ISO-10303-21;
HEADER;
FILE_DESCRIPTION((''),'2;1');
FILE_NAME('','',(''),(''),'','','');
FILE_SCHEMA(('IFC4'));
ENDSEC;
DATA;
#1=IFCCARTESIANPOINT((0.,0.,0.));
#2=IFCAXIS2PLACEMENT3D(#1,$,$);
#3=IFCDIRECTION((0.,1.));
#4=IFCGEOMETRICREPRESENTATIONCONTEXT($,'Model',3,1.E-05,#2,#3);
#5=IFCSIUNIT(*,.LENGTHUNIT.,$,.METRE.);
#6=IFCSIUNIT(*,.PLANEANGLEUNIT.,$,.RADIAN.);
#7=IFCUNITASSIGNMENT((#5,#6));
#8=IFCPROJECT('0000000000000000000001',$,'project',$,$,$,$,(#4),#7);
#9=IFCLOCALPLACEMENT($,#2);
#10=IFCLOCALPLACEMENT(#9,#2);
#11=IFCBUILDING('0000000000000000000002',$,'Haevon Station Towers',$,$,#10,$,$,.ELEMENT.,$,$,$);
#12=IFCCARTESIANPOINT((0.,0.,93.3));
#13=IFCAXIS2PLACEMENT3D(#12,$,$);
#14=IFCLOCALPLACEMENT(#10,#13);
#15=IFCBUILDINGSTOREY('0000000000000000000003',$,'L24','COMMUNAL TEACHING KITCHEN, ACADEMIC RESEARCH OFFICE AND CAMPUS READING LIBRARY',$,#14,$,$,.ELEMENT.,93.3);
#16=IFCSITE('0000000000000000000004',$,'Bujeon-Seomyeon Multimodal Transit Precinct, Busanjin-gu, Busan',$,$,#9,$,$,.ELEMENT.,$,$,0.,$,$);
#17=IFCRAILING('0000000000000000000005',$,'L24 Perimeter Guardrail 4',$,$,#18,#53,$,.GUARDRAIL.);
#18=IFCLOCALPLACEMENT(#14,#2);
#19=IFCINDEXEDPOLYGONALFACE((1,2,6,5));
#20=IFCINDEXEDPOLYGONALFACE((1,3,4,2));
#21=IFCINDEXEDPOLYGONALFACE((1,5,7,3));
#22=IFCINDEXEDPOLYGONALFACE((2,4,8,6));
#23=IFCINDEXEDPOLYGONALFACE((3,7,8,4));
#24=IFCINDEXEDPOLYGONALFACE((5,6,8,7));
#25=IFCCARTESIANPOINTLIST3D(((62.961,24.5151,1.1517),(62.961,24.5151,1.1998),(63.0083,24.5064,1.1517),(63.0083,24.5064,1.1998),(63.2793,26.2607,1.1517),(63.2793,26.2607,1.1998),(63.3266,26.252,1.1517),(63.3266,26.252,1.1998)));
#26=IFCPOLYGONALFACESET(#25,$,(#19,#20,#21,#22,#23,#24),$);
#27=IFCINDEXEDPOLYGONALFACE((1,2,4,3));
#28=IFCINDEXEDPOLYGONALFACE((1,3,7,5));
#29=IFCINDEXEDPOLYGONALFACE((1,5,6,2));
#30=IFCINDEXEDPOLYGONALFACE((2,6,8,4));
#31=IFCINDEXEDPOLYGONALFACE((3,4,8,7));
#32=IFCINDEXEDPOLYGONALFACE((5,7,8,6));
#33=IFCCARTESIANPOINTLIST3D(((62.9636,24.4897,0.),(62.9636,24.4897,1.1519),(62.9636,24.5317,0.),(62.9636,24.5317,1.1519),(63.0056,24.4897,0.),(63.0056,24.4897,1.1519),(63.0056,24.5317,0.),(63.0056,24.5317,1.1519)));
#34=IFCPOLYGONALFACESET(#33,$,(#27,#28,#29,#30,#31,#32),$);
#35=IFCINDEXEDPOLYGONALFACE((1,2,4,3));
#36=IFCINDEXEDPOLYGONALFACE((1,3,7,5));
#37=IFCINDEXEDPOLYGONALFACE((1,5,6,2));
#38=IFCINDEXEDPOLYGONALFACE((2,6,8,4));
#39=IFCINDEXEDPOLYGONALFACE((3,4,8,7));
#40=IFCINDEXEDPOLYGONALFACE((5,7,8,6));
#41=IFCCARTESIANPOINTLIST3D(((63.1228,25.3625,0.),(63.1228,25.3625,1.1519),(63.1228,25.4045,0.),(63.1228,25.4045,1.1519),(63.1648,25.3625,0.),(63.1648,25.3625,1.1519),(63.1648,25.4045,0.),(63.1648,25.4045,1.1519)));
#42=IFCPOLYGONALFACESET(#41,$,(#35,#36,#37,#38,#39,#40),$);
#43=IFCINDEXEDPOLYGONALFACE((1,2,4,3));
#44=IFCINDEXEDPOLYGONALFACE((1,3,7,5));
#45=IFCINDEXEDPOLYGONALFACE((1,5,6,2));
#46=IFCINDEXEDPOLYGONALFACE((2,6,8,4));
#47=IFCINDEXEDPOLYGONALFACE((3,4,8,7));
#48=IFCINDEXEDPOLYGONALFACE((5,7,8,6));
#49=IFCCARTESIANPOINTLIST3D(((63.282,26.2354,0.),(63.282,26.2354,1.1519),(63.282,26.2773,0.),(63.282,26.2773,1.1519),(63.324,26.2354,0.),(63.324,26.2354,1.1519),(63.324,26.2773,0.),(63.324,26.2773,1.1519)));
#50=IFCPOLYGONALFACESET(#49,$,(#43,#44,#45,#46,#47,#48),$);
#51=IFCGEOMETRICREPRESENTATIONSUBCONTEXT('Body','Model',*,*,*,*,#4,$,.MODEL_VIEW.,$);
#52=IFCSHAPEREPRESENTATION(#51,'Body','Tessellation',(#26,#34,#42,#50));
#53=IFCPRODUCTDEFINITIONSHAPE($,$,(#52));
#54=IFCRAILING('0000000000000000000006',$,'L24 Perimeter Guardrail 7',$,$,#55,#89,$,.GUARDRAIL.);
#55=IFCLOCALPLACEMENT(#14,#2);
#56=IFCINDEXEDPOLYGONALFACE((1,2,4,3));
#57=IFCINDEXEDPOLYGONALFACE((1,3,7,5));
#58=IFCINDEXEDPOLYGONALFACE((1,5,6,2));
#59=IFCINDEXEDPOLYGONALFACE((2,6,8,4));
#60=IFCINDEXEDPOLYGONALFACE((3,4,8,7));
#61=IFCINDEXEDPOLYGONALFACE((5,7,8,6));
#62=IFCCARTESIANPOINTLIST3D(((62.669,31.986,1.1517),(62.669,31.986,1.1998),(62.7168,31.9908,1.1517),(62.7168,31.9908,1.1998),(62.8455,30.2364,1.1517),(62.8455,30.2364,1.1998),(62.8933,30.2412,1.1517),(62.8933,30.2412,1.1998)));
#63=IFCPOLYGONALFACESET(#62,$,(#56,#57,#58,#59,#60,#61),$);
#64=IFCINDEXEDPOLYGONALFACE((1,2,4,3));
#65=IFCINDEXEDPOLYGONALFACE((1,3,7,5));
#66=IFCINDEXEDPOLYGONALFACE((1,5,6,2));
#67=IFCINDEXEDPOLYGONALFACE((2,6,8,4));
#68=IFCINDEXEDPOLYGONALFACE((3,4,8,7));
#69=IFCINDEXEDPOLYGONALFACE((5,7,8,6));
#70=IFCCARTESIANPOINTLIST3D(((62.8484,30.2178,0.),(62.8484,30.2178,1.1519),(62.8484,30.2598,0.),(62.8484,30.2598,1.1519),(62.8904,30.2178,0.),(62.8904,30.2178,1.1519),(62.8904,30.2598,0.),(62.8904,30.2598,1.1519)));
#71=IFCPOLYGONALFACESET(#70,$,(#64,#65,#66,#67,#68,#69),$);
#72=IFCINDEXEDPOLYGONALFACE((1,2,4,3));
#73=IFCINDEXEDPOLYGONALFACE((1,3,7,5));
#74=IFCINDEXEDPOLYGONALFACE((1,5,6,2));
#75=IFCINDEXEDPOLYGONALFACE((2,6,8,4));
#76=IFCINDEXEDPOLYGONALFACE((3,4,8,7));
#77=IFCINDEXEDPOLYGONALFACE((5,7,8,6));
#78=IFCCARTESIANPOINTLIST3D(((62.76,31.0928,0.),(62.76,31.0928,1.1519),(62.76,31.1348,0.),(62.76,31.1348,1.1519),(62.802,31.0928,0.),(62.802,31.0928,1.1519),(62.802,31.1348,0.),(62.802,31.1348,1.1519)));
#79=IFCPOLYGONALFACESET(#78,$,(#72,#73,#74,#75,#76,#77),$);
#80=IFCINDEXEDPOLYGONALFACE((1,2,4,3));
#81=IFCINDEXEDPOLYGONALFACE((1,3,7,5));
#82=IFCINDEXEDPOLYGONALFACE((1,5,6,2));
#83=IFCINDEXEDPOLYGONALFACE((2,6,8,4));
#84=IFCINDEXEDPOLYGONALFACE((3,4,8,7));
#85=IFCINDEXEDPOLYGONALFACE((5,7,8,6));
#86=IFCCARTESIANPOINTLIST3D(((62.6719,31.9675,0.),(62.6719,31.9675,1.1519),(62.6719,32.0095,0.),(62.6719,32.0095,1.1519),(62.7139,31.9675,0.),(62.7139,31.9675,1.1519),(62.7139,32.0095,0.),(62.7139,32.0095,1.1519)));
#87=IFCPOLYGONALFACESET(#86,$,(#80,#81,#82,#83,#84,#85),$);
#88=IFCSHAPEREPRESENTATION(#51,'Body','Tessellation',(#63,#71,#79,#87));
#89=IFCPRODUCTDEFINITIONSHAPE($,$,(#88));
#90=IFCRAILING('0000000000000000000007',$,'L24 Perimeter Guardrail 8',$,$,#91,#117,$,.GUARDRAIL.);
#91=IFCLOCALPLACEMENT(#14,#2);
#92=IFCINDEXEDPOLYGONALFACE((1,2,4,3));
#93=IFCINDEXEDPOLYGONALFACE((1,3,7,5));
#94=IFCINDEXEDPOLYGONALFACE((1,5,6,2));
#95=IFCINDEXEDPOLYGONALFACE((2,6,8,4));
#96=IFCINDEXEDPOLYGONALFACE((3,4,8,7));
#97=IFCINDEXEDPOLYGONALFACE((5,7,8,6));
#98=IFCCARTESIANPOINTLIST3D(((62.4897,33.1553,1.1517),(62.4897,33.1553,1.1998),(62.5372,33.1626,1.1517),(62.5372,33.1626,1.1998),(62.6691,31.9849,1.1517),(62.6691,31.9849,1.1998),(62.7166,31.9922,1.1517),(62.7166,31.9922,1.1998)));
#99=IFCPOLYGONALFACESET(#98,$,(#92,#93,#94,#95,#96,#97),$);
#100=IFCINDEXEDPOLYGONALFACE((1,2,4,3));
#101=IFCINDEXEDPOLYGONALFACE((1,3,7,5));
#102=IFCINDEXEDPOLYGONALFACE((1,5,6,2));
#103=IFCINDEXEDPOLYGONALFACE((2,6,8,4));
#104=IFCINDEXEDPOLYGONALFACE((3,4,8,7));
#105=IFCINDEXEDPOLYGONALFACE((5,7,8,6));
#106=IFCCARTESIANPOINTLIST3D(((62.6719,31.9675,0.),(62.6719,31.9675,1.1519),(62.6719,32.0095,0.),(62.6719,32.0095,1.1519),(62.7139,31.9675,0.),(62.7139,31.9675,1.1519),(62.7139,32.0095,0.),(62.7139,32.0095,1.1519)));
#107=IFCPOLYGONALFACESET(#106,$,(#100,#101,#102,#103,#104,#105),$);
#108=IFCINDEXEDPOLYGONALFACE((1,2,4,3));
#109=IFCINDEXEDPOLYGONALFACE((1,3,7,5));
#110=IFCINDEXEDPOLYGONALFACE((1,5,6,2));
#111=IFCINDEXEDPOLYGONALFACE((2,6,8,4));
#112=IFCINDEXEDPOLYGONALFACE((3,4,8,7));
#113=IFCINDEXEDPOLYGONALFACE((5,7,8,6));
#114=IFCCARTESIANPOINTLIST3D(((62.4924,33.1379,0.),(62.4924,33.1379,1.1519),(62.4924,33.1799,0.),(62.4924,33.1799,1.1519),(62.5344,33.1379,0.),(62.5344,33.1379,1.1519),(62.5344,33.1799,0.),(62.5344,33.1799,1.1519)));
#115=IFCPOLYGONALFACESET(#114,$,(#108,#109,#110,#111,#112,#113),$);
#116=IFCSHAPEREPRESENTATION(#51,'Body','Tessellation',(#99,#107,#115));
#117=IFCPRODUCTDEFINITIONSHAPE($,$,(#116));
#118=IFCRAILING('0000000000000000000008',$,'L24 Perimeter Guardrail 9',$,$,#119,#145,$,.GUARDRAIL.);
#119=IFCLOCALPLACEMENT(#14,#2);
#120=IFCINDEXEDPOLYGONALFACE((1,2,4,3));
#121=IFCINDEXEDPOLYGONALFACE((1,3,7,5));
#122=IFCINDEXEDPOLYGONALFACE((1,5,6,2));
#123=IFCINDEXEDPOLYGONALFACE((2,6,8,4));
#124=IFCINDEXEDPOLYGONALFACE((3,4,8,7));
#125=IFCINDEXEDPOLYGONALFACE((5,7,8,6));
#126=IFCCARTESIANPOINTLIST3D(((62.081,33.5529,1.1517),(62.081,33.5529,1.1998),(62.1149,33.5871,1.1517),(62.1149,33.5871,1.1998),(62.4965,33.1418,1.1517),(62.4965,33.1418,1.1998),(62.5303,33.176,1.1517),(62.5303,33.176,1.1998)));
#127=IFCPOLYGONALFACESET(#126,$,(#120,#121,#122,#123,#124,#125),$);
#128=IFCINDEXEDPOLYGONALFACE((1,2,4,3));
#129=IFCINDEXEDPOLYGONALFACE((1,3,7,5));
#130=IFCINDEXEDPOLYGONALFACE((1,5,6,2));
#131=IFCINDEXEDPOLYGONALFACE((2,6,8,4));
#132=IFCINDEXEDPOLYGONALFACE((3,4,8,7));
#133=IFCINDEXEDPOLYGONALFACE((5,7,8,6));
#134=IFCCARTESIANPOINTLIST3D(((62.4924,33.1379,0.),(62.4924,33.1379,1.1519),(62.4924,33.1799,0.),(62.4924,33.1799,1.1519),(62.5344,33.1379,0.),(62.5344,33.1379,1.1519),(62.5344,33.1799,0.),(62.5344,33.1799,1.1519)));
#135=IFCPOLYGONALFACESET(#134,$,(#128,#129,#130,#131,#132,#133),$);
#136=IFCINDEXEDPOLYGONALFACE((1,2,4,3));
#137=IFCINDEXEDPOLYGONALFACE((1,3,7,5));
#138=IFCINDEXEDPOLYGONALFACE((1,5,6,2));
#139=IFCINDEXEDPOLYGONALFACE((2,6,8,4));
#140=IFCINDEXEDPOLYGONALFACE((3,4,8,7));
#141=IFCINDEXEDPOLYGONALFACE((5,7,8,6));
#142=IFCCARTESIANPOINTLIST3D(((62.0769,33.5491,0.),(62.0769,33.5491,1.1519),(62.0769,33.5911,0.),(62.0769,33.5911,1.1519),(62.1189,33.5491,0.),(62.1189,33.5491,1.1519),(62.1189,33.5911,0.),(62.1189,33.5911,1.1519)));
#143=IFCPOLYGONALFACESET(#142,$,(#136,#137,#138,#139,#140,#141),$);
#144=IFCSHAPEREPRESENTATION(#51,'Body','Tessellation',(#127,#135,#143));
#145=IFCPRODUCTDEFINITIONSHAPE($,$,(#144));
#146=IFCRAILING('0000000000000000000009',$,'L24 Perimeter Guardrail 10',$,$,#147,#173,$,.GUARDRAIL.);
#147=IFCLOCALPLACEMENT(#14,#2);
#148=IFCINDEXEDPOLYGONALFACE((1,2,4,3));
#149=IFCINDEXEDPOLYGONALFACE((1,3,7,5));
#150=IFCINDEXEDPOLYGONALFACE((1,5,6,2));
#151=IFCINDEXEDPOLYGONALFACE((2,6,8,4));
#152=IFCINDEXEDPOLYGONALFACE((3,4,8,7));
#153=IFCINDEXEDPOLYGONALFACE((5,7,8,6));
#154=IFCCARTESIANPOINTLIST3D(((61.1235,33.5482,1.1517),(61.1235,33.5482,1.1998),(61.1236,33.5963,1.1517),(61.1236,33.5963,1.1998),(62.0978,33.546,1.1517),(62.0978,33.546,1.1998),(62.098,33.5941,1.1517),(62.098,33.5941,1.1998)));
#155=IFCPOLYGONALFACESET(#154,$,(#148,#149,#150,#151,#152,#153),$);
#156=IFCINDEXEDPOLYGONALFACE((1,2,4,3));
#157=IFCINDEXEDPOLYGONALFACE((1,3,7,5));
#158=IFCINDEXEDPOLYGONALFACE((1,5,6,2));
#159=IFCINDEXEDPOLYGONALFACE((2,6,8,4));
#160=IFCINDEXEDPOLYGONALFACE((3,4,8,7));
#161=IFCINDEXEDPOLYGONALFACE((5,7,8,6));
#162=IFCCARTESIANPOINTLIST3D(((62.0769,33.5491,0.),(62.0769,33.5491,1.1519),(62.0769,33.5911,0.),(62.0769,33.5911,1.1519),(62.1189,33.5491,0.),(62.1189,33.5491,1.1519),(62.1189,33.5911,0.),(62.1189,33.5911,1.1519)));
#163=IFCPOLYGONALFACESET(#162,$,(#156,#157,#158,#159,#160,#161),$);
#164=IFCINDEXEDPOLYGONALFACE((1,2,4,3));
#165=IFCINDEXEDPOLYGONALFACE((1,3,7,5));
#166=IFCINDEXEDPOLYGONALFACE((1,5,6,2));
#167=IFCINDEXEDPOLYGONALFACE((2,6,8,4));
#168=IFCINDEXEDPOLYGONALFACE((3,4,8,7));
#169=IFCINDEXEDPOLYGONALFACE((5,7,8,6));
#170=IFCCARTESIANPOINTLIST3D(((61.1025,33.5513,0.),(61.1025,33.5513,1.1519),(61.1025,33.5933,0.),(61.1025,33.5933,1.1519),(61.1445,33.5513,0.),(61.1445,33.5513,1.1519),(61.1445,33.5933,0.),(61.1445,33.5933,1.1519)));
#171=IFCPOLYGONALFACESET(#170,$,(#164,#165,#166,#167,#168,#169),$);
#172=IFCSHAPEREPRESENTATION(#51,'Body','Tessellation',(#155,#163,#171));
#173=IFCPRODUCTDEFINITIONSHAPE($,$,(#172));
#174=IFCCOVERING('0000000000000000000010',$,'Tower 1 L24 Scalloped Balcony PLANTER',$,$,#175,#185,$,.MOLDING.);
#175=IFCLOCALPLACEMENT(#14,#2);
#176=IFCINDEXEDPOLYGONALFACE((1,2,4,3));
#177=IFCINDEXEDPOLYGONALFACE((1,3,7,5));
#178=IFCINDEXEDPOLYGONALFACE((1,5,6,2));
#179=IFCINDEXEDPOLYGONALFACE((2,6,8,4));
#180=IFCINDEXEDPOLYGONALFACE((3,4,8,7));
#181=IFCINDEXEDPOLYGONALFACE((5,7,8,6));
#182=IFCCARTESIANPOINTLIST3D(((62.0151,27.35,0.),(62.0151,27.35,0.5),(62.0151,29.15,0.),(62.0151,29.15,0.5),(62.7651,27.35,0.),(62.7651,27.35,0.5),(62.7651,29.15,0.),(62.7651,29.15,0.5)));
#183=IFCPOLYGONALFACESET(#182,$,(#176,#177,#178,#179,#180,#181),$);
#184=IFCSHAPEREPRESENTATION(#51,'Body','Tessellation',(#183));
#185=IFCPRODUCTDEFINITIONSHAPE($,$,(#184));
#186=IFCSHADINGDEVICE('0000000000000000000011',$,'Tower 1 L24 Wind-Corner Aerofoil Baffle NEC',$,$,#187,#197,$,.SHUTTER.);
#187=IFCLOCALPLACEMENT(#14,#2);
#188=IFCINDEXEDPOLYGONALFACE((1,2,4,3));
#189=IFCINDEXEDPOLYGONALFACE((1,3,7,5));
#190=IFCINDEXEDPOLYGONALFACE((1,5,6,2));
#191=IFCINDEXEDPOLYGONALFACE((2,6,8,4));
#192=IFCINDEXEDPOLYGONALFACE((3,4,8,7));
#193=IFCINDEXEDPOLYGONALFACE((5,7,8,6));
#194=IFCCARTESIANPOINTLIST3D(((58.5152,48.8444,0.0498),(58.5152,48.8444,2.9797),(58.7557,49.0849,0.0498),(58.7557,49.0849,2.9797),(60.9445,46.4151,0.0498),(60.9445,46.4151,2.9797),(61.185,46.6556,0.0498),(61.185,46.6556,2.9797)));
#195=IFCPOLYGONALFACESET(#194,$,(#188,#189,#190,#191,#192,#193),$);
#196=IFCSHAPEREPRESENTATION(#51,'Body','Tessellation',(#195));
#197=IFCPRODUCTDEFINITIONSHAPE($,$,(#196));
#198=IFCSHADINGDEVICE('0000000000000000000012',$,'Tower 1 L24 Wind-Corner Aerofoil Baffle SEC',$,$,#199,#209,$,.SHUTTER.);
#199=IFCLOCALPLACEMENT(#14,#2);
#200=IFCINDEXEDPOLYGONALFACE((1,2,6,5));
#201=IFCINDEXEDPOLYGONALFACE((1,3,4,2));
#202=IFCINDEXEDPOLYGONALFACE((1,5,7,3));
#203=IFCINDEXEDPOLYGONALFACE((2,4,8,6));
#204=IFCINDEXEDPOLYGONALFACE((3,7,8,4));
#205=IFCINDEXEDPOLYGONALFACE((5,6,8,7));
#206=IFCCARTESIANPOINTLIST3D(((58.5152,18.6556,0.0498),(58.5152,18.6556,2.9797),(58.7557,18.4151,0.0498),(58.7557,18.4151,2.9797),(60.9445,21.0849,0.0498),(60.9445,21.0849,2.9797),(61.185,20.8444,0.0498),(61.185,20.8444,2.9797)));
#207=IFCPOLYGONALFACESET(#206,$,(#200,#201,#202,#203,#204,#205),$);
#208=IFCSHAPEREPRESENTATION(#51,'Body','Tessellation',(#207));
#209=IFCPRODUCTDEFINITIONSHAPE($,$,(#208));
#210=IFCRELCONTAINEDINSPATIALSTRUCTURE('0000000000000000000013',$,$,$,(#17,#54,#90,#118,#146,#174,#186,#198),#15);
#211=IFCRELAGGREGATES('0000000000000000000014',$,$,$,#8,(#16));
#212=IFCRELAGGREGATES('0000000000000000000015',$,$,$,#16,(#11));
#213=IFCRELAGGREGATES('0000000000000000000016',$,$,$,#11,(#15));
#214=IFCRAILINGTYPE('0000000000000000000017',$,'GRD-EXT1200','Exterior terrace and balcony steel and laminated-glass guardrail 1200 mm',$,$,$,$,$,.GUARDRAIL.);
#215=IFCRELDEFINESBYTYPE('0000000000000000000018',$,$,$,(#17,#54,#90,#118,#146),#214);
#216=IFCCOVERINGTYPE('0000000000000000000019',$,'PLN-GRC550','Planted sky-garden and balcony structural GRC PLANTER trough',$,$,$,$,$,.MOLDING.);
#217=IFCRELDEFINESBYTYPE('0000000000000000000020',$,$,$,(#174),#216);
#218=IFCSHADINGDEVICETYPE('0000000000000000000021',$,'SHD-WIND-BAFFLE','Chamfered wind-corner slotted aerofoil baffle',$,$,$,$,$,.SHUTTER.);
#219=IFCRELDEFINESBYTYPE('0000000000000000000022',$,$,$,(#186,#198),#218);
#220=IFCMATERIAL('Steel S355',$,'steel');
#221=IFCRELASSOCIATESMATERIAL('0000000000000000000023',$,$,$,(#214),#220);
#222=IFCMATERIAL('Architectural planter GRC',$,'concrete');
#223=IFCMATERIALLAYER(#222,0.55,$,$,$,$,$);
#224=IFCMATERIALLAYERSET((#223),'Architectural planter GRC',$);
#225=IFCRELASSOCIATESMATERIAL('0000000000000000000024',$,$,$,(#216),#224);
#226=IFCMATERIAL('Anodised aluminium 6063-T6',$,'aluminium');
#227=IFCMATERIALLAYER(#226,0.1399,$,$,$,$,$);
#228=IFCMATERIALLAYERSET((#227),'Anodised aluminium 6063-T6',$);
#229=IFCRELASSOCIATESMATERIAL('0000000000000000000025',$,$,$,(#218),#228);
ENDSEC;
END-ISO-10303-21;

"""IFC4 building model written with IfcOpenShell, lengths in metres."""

from ifc_helpers import new_model, si_unit, direction, frame, origin, origin_2d, place, context, subcontext, project, spatial, rectangle, extrude, material, layer, layer_set, type_object, element, save


model = new_model("IFC4")

# Units and contexts
model_context = context("Model", 3, precision=1e-05, world=origin(), true_north=direction((0.0, 1.0)))
body_context = subcontext(model_context, "Body", "Model", "MODEL_VIEW")
ifc_project = project(units=[si_unit("LENGTHUNIT", "METRE"), si_unit("PLANEANGLEUNIT", "RADIAN")], contexts=[model_context])

# Site, building, storey
site_placement = place(None, origin())
site = spatial("IfcSite", under=ifc_project, at=site_placement, Name="Bujeon-Seomyeon Multimodal Transit Precinct, Busanjin-gu, Busan", CompositionType="ELEMENT", RefElevation=0.0)
building_placement = place(site_placement, origin())
building = spatial("IfcBuilding", under=site, at=building_placement, Name="Haevon Station Towers", CompositionType="ELEMENT")
storey_placement = place(building_placement, frame((0.0, 0.0, 93.3)))
storey = spatial("IfcBuildingStorey", under=building, at=storey_placement, Name="L24", Description="COMMUNAL TEACHING KITCHEN, ACADEMIC RESEARCH OFFICE AND CAMPUS READING LIBRARY", CompositionType="ELEMENT", Elevation=93.3)

# Shared definitions
ifc_material_1 = material(Name="Steel S355", Category="steel")

# Railings
railing_type = type_object("IfcRailingType", Name="GRD-EXT1200", Description="Exterior terrace and balcony steel and laminated-glass guardrail 1200 mm", PredefinedType="GUARDRAIL", material=ifc_material_1)
railing_1_placement = place(storey_placement, frame((62.9846, 24.5107, 0.0)))
element("IfcRailing", 1, at=railing_1_placement, inside=storey, type_object=railing_type, Name="L24 Perimeter Guardrail 4", PredefinedType="GUARDRAIL", context=body_context, shape_type="SweptSolid", body=[
    extrude(rectangle(XDim=0.0481, YDim=0.0481, at=origin_2d()), frame((0.0, 0.0, 1.1758), z_axis=(0.179418, 0.983773, 0.0), x_axis=(-0.983773, 0.179418, 0.0)), (0.0, 0.0, 1.0), 1.7744),
    extrude(rectangle(XDim=0.042, YDim=0.042, at=origin_2d()), origin(), (0.0, 0.0, 1.0), 1.1519),
    extrude(rectangle(XDim=0.042, YDim=0.042, at=origin_2d()), frame((0.1592, 0.8728, 0.0)), (0.0, 0.0, 1.0), 1.1519),
    extrude(rectangle(XDim=0.042, YDim=0.042, at=origin_2d()), frame((0.3184, 1.7456, 0.0)), (0.0, 0.0, 1.0), 1.1519),
])
railing_2_placement = place(storey_placement, frame((62.8694, 30.2388, 0.0)))
element("IfcRailing", 2, at=railing_2_placement, inside=storey, type_object=railing_type, Name="L24 Perimeter Guardrail 7", PredefinedType="GUARDRAIL", context=body_context, shape_type="SweptSolid", body=[
    extrude(rectangle(XDim=0.0481, YDim=0.0481, at=origin_2d()), frame((0.0, 0.0, 1.1758), z_axis=(-0.10037, 0.99495, 0.0), x_axis=(-0.99495, -0.10037, 0.0)), (0.0, 0.0, 1.0), 1.7585),
    extrude(rectangle(XDim=0.042, YDim=0.042, at=origin_2d()), origin(), (0.0, 0.0, 1.0), 1.1519),
    extrude(rectangle(XDim=0.042, YDim=0.042, at=origin_2d()), frame((-0.0884, 0.875, 0.0)), (0.0, 0.0, 1.0), 1.1519),
    extrude(rectangle(XDim=0.042, YDim=0.042, at=origin_2d()), frame((-0.1765, 1.7498, 0.0)), (0.0, 0.0, 1.0), 1.1519),
])
railing_3_placement = place(storey_placement, frame((62.6929, 31.9885, 0.0)))
element("IfcRailing", 3, at=railing_3_placement, inside=storey, type_object=railing_type, Name="L24 Perimeter Guardrail 8", PredefinedType="GUARDRAIL", context=body_context, shape_type="SweptSolid", body=[
    extrude(rectangle(XDim=0.0481, YDim=0.0481, at=origin_2d()), frame((0.0, 0.0, 1.1758), z_axis=(-0.151546, 0.98845, 0.0), x_axis=(-0.98845, -0.151546, 0.0)), (0.0, 0.0, 1.0), 1.1841),
    extrude(rectangle(XDim=0.042, YDim=0.042, at=origin_2d()), origin(), (0.0, 0.0, 1.0), 1.1519),
    extrude(rectangle(XDim=0.042, YDim=0.042, at=origin_2d()), frame((-0.1794, 1.1704, 0.0)), (0.0, 0.0, 1.0), 1.1519),
])
railing_4_placement = place(storey_placement, frame((62.5134, 33.1589, 0.0)))
element("IfcRailing", 4, at=railing_4_placement, inside=storey, type_object=railing_type, Name="L24 Perimeter Guardrail 9", PredefinedType="GUARDRAIL", context=body_context, shape_type="SweptSolid", body=[
    extrude(rectangle(XDim=0.0481, YDim=0.0481, at=origin_2d()), frame((0.0, 0.0, 1.1758), z_axis=(-0.710856, 0.703338, 0.0), x_axis=(-0.703338, -0.710856, 0.0)), (0.0, 0.0, 1.0), 0.5845),
    extrude(rectangle(XDim=0.042, YDim=0.042, at=origin_2d()), origin(), (0.0, 0.0, 1.0), 1.1519),
    extrude(rectangle(XDim=0.042, YDim=0.042, at=origin_2d()), frame((-0.4155, 0.4111, 0.0)), (0.0, 0.0, 1.0), 1.1519),
])
railing_5_placement = place(storey_placement, frame((62.0979, 33.5701, 0.0)))
element("IfcRailing", 5, at=railing_5_placement, inside=storey, type_object=railing_type, Name="L24 Perimeter Guardrail 10", PredefinedType="GUARDRAIL", context=body_context, shape_type="SweptSolid", body=[
    extrude(rectangle(XDim=0.0481, YDim=0.0481, at=origin_2d()), frame((0.0, 0.0, 1.1758), z_axis=(-0.999997, 0.002255, 0.0), x_axis=(-0.002255, -0.999997, 0.0)), (0.0, 0.0, 1.0), 0.9744),
    extrude(rectangle(XDim=0.042, YDim=0.042, at=origin_2d()), origin(), (0.0, 0.0, 1.0), 1.1519),
    extrude(rectangle(XDim=0.042, YDim=0.042, at=origin_2d()), frame((-0.9744, 0.0022, 0.0)), (0.0, 0.0, 1.0), 1.1519),
])

# Covering
ifc_material_2 = material(Name="Architectural planter GRC", Category="concrete")
ifc_layer_1 = layer(ifc_material_2, 0.55)
ifc_layer_set_1 = layer_set([ifc_layer_1], Name="Architectural planter GRC")
covering_type = type_object("IfcCoveringType", Name="PLN-GRC550", Description="Planted sky-garden and balcony structural GRC PLANTER trough", PredefinedType="MOLDING", material=ifc_layer_set_1)
covering_placement = place(storey_placement, frame((62.3901, 28.25, 0.0), z_axis=(0.0, 0.0, 1.0), x_axis=(1.0, 0.0, 0.0)))
element("IfcCovering", 6, at=covering_placement, inside=storey, type_object=covering_type, Name="Tower 1 L24 Scalloped Balcony PLANTER", PredefinedType="MOLDING", context=body_context, shape_type="SweptSolid", body=[
    extrude(rectangle(XDim=0.75, YDim=1.8, at=origin_2d()), origin(), (0.0, 0.0, 1.0), 0.5),
])

# Shading devices
ifc_material_3 = material(Name="Anodised aluminium 6063-T6", Category="aluminium")
ifc_layer_2 = layer(ifc_material_3, 0.1399)
ifc_layer_set_2 = layer_set([ifc_layer_2], Name="Anodised aluminium 6063-T6")
shading_device_type = type_object("IfcShadingDeviceType", Name="SHD-WIND-BAFFLE", Description="Chamfered wind-corner slotted aerofoil baffle", PredefinedType="SHUTTER", material=ifc_layer_set_2)
for number, where, z_axis, x_axis, name in (
    (7, (59.8501, 47.75, 0.0498), (0.0, 0.0, 1.0), (0.707107, -0.707107, 0.0), "Tower 1 L24 Wind-Corner Aerofoil Baffle NEC"),
    (8, (59.8501, 19.75, 0.0498), (0.0, 0.0, 1.0), (-0.707107, -0.707107, 0.0), "Tower 1 L24 Wind-Corner Aerofoil Baffle SEC"),
):
    element("IfcShadingDevice", number, at=place(storey_placement, frame(where, z_axis=z_axis, x_axis=x_axis)), inside=storey, type_object=shading_device_type, Name=name, PredefinedType="SHUTTER", context=body_context, shape_type="SweptSolid", body=[
        extrude(rectangle(XDim=3.4355, YDim=0.3401, at=origin_2d()), origin(), (0.0, 0.0, 1.0), 2.9299),
    ])

save(model, "model.ifc")
